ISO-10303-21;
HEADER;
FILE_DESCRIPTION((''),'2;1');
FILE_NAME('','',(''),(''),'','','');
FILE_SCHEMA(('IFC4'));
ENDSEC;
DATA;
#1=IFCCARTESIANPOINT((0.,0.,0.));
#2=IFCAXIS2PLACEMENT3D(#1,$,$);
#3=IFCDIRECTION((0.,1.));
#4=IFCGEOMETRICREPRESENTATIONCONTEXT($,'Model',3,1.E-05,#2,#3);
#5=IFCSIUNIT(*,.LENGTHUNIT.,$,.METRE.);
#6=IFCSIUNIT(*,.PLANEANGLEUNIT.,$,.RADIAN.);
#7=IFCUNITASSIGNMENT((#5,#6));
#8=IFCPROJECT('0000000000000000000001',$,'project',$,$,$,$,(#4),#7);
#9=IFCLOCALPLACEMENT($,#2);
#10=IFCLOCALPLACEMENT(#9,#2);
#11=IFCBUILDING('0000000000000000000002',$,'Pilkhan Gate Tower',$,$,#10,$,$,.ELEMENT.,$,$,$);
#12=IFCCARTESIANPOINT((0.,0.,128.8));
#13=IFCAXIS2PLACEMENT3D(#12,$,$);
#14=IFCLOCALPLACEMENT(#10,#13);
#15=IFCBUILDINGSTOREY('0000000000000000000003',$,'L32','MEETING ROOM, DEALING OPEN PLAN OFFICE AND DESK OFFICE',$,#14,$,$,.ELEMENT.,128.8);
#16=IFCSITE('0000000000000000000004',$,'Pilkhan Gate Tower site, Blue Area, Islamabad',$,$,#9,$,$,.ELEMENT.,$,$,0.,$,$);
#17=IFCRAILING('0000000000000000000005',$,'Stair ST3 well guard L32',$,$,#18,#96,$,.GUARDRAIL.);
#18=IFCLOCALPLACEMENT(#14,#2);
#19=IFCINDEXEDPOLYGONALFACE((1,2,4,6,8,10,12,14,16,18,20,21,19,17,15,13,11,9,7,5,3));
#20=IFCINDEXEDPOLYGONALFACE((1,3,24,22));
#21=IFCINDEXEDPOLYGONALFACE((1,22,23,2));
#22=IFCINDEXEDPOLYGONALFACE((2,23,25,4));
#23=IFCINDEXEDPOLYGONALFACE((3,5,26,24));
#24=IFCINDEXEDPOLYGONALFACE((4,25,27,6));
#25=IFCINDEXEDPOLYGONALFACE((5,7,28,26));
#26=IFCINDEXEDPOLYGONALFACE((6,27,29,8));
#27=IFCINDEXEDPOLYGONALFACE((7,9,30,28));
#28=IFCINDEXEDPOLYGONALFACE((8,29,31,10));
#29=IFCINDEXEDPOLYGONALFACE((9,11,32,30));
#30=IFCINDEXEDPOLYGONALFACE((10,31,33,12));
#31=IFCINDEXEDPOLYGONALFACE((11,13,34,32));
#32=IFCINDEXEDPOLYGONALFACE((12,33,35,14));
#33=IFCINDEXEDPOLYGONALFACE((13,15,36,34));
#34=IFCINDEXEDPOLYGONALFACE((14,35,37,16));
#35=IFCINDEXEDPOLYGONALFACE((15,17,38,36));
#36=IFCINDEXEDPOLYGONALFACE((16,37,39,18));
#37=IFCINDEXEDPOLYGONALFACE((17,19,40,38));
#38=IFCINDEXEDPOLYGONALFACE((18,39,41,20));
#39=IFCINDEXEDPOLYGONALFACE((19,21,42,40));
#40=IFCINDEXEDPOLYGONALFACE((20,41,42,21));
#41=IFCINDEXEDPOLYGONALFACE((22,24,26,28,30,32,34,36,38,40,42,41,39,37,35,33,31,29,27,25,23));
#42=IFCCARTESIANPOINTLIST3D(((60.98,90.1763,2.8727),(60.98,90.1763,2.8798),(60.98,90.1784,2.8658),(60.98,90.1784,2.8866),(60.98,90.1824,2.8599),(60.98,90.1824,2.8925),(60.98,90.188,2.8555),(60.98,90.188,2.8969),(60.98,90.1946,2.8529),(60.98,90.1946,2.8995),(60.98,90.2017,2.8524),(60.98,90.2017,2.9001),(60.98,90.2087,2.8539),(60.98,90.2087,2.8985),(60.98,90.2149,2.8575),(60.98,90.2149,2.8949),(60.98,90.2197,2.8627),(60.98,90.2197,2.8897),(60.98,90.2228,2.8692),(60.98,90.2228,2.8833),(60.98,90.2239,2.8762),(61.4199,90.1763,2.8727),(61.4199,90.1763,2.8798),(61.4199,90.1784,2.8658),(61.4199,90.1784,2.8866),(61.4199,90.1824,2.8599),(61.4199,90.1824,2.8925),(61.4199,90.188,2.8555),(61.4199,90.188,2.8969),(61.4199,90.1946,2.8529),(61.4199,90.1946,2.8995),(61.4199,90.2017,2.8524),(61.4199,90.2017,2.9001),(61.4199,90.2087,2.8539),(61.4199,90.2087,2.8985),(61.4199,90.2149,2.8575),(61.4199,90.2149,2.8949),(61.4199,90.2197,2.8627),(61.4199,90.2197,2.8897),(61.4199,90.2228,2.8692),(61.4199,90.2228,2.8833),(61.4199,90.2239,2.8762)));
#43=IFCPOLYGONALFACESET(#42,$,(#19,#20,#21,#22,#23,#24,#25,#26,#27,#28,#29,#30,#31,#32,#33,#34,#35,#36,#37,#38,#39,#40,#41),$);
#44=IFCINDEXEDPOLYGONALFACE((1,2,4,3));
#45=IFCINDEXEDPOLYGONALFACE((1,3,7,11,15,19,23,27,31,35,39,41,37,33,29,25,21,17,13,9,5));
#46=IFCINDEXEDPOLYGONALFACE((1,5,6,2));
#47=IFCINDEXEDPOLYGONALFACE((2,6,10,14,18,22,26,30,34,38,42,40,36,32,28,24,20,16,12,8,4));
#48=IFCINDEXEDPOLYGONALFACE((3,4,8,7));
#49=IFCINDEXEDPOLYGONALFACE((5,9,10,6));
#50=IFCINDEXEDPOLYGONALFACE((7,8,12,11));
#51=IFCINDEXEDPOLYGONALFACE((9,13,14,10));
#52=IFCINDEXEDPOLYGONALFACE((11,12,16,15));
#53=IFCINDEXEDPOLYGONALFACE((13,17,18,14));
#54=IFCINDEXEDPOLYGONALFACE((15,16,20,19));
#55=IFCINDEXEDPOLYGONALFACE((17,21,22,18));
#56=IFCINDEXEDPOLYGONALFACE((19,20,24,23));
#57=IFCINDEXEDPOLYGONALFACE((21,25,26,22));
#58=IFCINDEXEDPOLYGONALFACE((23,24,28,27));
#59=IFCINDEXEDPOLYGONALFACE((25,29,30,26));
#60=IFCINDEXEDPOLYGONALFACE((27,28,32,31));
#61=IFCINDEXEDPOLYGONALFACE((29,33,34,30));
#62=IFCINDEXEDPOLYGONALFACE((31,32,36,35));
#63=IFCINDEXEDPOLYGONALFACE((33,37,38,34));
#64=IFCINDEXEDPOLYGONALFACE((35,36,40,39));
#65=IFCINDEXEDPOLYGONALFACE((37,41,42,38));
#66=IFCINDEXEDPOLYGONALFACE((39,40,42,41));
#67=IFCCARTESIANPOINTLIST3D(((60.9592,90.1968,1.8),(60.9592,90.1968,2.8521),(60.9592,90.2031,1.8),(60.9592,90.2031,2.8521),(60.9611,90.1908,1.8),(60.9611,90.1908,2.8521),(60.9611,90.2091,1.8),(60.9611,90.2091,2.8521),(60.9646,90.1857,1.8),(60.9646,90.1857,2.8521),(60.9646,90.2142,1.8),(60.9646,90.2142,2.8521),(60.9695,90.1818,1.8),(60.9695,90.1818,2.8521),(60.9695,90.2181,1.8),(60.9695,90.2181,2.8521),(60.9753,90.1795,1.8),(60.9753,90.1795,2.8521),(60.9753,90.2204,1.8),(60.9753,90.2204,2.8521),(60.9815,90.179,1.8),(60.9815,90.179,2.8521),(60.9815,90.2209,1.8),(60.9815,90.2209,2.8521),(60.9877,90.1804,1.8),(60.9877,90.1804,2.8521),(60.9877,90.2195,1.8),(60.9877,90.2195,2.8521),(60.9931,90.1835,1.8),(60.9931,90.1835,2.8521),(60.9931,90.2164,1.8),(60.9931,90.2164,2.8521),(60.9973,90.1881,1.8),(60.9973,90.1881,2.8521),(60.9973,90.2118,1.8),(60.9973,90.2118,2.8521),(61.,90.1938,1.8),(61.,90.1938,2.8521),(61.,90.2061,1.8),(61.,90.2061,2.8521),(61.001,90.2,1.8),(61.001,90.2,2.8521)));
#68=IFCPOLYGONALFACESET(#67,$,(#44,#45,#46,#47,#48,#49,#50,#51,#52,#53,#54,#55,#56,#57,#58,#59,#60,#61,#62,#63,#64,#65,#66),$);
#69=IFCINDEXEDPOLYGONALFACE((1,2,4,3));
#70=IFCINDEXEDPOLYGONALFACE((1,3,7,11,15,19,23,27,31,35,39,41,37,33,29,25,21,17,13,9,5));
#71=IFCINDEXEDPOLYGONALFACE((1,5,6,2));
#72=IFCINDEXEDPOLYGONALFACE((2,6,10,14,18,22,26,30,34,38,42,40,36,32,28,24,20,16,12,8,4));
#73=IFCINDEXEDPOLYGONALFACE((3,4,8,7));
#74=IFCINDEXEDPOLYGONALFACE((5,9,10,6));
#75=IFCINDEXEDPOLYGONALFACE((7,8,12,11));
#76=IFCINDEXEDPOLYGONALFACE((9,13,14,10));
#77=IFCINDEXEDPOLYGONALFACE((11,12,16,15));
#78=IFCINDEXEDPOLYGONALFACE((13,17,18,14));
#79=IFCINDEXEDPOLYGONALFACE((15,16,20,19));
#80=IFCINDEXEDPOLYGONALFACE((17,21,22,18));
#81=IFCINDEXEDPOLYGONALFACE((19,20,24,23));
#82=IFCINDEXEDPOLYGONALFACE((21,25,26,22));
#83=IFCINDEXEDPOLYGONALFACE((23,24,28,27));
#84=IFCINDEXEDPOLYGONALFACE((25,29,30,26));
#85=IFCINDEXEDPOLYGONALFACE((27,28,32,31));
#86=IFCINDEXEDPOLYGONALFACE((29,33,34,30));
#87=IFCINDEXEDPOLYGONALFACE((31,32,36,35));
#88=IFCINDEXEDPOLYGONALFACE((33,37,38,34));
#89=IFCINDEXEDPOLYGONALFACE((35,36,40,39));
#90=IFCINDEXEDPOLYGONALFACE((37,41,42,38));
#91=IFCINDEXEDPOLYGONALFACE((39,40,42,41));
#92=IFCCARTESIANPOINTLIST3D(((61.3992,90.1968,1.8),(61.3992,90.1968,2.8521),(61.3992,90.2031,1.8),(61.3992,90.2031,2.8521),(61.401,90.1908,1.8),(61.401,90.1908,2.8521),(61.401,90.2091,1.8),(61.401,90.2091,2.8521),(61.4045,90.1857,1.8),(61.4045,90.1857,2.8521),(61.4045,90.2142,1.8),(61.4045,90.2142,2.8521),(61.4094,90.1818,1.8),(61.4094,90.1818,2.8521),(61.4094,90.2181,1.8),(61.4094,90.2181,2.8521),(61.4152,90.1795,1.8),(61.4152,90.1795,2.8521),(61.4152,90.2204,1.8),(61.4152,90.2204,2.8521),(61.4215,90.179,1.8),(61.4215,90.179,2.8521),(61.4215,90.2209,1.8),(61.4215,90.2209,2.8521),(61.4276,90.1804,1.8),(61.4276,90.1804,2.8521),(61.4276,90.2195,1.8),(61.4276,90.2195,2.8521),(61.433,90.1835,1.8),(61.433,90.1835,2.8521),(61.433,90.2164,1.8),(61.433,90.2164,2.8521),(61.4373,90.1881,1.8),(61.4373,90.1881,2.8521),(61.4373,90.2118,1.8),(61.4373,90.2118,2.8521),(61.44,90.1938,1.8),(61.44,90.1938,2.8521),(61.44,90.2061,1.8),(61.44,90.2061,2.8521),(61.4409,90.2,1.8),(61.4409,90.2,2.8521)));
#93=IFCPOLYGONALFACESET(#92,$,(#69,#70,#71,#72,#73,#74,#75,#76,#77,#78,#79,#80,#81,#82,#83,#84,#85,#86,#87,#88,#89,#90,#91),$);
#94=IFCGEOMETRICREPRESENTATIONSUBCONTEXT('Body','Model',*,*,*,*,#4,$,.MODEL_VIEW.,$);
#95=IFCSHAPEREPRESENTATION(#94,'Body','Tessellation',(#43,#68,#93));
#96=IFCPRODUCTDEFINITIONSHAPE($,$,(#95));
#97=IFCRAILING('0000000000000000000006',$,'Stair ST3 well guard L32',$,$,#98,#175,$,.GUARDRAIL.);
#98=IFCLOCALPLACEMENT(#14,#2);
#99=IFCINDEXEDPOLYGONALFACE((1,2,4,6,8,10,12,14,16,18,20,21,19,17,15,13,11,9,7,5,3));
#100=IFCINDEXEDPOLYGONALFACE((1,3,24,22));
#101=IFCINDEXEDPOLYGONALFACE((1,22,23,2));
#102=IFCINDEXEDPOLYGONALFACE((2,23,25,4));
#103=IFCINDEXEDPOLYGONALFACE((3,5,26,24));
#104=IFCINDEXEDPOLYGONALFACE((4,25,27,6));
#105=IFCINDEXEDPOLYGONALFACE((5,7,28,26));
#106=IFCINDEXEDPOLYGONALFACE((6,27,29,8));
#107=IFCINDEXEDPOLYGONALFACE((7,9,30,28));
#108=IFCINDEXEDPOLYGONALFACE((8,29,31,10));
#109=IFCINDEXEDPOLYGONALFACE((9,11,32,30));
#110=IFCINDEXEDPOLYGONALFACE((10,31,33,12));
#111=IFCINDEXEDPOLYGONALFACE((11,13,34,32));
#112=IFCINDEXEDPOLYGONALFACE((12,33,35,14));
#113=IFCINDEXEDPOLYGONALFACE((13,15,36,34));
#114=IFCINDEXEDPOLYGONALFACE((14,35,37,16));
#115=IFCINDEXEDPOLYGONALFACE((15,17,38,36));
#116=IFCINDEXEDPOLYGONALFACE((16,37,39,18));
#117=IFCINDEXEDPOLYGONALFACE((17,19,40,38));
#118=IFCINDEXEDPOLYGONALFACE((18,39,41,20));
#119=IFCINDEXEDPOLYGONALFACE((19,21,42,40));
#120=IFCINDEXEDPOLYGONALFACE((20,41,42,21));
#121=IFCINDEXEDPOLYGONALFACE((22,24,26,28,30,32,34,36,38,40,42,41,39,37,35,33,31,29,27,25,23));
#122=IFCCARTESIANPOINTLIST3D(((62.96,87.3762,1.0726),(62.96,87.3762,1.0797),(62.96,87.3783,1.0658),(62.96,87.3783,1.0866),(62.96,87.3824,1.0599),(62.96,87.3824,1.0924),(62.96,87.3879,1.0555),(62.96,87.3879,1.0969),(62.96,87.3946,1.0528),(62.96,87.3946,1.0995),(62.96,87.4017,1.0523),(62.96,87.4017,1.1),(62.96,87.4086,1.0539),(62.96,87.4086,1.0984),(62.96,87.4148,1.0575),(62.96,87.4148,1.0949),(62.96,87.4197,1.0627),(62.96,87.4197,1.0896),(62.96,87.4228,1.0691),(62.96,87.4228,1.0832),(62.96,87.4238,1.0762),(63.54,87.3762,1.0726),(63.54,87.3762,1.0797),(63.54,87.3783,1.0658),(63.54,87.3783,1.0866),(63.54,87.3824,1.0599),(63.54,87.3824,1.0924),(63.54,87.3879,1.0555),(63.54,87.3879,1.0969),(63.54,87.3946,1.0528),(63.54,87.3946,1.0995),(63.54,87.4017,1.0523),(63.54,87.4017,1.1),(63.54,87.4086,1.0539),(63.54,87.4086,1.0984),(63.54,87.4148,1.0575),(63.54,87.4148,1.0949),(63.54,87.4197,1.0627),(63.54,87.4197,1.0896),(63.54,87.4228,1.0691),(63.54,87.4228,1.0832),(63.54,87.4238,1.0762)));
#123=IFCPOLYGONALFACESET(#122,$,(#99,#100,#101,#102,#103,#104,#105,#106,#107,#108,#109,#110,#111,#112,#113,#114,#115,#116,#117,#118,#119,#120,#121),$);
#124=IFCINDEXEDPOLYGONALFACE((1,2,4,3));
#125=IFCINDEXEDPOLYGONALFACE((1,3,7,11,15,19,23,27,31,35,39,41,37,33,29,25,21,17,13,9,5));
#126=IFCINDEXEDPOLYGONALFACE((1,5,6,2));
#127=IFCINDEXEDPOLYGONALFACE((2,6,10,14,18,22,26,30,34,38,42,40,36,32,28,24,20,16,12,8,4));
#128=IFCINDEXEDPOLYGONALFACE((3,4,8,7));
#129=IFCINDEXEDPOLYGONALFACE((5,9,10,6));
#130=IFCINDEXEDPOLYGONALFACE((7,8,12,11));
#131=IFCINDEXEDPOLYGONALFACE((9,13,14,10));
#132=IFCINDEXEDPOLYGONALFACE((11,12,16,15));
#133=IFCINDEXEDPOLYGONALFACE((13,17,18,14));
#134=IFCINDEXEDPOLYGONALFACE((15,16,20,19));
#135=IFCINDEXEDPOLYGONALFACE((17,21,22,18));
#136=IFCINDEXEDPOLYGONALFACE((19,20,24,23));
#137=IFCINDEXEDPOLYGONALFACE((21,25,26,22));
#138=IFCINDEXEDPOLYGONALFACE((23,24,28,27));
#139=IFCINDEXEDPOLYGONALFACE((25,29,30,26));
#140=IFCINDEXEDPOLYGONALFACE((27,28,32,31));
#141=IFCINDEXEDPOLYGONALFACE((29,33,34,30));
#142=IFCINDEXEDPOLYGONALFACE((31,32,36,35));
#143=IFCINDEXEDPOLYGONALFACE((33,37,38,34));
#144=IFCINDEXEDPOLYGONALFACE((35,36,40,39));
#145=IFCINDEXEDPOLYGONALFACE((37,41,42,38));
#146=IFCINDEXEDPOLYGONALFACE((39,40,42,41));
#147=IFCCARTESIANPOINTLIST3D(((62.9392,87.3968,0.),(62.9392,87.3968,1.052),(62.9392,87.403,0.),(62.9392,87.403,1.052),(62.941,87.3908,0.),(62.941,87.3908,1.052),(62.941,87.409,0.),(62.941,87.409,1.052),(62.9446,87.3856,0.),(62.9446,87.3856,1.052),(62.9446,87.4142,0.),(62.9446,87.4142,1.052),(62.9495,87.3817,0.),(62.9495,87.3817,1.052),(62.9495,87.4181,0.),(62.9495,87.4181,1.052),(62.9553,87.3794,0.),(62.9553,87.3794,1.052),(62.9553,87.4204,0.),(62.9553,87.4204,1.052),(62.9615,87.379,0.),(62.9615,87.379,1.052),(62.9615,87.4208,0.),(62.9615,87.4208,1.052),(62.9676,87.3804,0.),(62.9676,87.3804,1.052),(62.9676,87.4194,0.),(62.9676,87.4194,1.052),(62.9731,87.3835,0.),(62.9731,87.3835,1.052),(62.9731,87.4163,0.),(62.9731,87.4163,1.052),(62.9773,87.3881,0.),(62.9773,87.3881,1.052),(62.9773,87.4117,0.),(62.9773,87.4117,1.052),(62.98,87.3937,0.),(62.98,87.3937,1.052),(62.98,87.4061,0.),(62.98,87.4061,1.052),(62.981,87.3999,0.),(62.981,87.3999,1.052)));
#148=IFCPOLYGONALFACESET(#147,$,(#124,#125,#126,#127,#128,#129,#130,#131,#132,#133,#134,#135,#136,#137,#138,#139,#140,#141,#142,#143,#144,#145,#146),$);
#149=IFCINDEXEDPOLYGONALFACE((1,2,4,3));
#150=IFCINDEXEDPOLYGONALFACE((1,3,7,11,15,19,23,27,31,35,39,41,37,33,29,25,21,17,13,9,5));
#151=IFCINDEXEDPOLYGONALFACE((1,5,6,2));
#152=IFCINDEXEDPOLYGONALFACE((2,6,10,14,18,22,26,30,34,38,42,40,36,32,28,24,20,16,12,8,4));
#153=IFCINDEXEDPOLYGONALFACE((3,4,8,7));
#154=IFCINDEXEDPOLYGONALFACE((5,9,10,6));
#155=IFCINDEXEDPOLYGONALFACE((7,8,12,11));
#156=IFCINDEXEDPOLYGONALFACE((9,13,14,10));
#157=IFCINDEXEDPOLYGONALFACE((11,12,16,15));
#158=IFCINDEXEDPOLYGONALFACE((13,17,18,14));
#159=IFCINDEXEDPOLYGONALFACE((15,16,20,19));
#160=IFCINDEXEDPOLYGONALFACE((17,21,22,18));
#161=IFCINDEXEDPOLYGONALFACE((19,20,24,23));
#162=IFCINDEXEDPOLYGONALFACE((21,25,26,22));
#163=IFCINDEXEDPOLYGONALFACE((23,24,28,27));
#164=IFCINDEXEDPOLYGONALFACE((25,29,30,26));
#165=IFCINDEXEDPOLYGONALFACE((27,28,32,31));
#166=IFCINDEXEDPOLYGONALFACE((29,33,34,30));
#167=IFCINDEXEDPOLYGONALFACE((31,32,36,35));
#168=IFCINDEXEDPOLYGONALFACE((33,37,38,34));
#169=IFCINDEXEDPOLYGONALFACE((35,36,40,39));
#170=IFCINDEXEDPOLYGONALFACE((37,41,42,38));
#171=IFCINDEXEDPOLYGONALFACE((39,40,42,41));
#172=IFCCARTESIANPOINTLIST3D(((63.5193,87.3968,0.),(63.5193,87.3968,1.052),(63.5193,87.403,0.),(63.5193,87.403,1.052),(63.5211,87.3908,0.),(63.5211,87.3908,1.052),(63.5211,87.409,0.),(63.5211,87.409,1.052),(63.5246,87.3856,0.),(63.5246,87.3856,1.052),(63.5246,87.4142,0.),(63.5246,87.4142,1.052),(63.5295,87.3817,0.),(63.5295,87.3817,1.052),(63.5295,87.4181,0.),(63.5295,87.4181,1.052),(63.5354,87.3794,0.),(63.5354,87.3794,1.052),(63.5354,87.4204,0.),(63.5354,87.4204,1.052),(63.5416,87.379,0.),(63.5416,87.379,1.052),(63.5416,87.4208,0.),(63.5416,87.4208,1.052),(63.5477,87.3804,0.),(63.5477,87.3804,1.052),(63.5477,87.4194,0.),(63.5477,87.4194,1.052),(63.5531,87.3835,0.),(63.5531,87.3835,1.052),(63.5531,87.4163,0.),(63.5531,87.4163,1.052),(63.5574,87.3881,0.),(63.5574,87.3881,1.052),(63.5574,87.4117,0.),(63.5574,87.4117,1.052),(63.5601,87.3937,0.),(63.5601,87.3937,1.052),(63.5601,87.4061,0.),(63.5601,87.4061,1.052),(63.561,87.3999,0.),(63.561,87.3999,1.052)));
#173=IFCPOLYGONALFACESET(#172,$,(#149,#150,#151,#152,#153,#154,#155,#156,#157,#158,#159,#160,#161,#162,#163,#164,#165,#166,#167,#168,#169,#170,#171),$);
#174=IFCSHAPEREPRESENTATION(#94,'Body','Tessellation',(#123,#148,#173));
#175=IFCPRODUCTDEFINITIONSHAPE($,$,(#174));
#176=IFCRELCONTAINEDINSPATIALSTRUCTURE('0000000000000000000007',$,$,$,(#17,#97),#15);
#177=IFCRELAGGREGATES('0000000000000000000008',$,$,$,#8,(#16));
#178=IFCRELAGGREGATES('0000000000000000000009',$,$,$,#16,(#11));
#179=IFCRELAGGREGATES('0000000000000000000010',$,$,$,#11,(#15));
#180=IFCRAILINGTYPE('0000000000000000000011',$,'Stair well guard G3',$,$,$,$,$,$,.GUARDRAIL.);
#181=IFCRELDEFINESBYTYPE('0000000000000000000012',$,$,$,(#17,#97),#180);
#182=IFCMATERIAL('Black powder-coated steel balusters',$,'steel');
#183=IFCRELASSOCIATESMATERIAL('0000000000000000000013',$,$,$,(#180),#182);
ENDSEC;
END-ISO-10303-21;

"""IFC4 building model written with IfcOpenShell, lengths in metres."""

from ifc_helpers import new_model, si_unit, direction, frame, origin, origin_2d, place, context, subcontext, project, spatial, circle, extrude, material, type_object, element, save


model = new_model("IFC4")

# Units and contexts
model_context = context("Model", 3, precision=1e-05, world=origin(), true_north=direction((0.0, 1.0)))
body_context = subcontext(model_context, "Body", "Model", "MODEL_VIEW")
ifc_project = project(units=[si_unit("LENGTHUNIT", "METRE"), si_unit("PLANEANGLEUNIT", "RADIAN")], contexts=[model_context])

# Site, building, storey
site_placement = place(None, origin())
site = spatial("IfcSite", under=ifc_project, at=site_placement, Name="Pilkhan Gate Tower site, Blue Area, Islamabad", CompositionType="ELEMENT", RefElevation=0.0)
building_placement = place(site_placement, origin())
building = spatial("IfcBuilding", under=site, at=building_placement, Name="Pilkhan Gate Tower", CompositionType="ELEMENT")
storey_placement = place(building_placement, frame((0.0, 0.0, 128.8)))
storey = spatial("IfcBuildingStorey", under=building, at=storey_placement, Name="L32", Description="MEETING ROOM, DEALING OPEN PLAN OFFICE AND DESK OFFICE", CompositionType="ELEMENT", Elevation=128.8)

# Railings
ifc_material_1 = material(Name="Black powder-coated steel balusters", Category="steel")
railing_type_1 = type_object("IfcRailingType", Name="Stair well guard G3", PredefinedType="GUARDRAIL", material=ifc_material_1)
railing_1_placement = place(storey_placement, frame((60.98, 90.2, 1.8)))
element("IfcRailing", 1, at=railing_1_placement, inside=storey, type_object=railing_type_1, Name="Stair ST3 well guard L32", PredefinedType="GUARDRAIL", context=body_context, shape_type="SweptSolid", body=[
    extrude(circle(Radius=0.0239, at=origin_2d()), frame((0.0, 0.0, 1.0762), z_axis=(1.0, 0.0, 0.0), x_axis=(0.0, 1.0, 0.0)), (0.0, 0.0, 1.0), 0.4399),
    extrude(circle(Radius=0.021, at=origin_2d()), origin(), (0.0, 0.0, 1.0), 1.052),
    extrude(circle(Radius=0.021, at=origin_2d()), frame((0.4399, 0.0, 0.0)), (0.0, 0.0, 1.0), 1.052),
])
for number, where, name in (
    (2, (62.96, 87.3999, 0.0), "Stair ST3 well guard L32"),
):
    element("IfcRailing", number, at=place(storey_placement, frame(where)), inside=storey, type_object=railing_type_1, Name=name, PredefinedType="GUARDRAIL", context=body_context, shape_type="SweptSolid", body=[
        extrude(circle(Radius=0.0239, at=origin_2d()), frame((0.0, 0.0, 1.0762), z_axis=(1.0, 0.0, 0.0), x_axis=(0.0, 1.0, 0.0)), (0.0, 0.0, 1.0), 0.5801),
        extrude(circle(Radius=0.021, at=origin_2d()), origin(), (0.0, 0.0, 1.0), 1.052),
        extrude(circle(Radius=0.021, at=origin_2d()), frame((0.5801, 0.0, 0.0)), (0.0, 0.0, 1.0), 1.052),
    ])

save(model, "model.ifc")
